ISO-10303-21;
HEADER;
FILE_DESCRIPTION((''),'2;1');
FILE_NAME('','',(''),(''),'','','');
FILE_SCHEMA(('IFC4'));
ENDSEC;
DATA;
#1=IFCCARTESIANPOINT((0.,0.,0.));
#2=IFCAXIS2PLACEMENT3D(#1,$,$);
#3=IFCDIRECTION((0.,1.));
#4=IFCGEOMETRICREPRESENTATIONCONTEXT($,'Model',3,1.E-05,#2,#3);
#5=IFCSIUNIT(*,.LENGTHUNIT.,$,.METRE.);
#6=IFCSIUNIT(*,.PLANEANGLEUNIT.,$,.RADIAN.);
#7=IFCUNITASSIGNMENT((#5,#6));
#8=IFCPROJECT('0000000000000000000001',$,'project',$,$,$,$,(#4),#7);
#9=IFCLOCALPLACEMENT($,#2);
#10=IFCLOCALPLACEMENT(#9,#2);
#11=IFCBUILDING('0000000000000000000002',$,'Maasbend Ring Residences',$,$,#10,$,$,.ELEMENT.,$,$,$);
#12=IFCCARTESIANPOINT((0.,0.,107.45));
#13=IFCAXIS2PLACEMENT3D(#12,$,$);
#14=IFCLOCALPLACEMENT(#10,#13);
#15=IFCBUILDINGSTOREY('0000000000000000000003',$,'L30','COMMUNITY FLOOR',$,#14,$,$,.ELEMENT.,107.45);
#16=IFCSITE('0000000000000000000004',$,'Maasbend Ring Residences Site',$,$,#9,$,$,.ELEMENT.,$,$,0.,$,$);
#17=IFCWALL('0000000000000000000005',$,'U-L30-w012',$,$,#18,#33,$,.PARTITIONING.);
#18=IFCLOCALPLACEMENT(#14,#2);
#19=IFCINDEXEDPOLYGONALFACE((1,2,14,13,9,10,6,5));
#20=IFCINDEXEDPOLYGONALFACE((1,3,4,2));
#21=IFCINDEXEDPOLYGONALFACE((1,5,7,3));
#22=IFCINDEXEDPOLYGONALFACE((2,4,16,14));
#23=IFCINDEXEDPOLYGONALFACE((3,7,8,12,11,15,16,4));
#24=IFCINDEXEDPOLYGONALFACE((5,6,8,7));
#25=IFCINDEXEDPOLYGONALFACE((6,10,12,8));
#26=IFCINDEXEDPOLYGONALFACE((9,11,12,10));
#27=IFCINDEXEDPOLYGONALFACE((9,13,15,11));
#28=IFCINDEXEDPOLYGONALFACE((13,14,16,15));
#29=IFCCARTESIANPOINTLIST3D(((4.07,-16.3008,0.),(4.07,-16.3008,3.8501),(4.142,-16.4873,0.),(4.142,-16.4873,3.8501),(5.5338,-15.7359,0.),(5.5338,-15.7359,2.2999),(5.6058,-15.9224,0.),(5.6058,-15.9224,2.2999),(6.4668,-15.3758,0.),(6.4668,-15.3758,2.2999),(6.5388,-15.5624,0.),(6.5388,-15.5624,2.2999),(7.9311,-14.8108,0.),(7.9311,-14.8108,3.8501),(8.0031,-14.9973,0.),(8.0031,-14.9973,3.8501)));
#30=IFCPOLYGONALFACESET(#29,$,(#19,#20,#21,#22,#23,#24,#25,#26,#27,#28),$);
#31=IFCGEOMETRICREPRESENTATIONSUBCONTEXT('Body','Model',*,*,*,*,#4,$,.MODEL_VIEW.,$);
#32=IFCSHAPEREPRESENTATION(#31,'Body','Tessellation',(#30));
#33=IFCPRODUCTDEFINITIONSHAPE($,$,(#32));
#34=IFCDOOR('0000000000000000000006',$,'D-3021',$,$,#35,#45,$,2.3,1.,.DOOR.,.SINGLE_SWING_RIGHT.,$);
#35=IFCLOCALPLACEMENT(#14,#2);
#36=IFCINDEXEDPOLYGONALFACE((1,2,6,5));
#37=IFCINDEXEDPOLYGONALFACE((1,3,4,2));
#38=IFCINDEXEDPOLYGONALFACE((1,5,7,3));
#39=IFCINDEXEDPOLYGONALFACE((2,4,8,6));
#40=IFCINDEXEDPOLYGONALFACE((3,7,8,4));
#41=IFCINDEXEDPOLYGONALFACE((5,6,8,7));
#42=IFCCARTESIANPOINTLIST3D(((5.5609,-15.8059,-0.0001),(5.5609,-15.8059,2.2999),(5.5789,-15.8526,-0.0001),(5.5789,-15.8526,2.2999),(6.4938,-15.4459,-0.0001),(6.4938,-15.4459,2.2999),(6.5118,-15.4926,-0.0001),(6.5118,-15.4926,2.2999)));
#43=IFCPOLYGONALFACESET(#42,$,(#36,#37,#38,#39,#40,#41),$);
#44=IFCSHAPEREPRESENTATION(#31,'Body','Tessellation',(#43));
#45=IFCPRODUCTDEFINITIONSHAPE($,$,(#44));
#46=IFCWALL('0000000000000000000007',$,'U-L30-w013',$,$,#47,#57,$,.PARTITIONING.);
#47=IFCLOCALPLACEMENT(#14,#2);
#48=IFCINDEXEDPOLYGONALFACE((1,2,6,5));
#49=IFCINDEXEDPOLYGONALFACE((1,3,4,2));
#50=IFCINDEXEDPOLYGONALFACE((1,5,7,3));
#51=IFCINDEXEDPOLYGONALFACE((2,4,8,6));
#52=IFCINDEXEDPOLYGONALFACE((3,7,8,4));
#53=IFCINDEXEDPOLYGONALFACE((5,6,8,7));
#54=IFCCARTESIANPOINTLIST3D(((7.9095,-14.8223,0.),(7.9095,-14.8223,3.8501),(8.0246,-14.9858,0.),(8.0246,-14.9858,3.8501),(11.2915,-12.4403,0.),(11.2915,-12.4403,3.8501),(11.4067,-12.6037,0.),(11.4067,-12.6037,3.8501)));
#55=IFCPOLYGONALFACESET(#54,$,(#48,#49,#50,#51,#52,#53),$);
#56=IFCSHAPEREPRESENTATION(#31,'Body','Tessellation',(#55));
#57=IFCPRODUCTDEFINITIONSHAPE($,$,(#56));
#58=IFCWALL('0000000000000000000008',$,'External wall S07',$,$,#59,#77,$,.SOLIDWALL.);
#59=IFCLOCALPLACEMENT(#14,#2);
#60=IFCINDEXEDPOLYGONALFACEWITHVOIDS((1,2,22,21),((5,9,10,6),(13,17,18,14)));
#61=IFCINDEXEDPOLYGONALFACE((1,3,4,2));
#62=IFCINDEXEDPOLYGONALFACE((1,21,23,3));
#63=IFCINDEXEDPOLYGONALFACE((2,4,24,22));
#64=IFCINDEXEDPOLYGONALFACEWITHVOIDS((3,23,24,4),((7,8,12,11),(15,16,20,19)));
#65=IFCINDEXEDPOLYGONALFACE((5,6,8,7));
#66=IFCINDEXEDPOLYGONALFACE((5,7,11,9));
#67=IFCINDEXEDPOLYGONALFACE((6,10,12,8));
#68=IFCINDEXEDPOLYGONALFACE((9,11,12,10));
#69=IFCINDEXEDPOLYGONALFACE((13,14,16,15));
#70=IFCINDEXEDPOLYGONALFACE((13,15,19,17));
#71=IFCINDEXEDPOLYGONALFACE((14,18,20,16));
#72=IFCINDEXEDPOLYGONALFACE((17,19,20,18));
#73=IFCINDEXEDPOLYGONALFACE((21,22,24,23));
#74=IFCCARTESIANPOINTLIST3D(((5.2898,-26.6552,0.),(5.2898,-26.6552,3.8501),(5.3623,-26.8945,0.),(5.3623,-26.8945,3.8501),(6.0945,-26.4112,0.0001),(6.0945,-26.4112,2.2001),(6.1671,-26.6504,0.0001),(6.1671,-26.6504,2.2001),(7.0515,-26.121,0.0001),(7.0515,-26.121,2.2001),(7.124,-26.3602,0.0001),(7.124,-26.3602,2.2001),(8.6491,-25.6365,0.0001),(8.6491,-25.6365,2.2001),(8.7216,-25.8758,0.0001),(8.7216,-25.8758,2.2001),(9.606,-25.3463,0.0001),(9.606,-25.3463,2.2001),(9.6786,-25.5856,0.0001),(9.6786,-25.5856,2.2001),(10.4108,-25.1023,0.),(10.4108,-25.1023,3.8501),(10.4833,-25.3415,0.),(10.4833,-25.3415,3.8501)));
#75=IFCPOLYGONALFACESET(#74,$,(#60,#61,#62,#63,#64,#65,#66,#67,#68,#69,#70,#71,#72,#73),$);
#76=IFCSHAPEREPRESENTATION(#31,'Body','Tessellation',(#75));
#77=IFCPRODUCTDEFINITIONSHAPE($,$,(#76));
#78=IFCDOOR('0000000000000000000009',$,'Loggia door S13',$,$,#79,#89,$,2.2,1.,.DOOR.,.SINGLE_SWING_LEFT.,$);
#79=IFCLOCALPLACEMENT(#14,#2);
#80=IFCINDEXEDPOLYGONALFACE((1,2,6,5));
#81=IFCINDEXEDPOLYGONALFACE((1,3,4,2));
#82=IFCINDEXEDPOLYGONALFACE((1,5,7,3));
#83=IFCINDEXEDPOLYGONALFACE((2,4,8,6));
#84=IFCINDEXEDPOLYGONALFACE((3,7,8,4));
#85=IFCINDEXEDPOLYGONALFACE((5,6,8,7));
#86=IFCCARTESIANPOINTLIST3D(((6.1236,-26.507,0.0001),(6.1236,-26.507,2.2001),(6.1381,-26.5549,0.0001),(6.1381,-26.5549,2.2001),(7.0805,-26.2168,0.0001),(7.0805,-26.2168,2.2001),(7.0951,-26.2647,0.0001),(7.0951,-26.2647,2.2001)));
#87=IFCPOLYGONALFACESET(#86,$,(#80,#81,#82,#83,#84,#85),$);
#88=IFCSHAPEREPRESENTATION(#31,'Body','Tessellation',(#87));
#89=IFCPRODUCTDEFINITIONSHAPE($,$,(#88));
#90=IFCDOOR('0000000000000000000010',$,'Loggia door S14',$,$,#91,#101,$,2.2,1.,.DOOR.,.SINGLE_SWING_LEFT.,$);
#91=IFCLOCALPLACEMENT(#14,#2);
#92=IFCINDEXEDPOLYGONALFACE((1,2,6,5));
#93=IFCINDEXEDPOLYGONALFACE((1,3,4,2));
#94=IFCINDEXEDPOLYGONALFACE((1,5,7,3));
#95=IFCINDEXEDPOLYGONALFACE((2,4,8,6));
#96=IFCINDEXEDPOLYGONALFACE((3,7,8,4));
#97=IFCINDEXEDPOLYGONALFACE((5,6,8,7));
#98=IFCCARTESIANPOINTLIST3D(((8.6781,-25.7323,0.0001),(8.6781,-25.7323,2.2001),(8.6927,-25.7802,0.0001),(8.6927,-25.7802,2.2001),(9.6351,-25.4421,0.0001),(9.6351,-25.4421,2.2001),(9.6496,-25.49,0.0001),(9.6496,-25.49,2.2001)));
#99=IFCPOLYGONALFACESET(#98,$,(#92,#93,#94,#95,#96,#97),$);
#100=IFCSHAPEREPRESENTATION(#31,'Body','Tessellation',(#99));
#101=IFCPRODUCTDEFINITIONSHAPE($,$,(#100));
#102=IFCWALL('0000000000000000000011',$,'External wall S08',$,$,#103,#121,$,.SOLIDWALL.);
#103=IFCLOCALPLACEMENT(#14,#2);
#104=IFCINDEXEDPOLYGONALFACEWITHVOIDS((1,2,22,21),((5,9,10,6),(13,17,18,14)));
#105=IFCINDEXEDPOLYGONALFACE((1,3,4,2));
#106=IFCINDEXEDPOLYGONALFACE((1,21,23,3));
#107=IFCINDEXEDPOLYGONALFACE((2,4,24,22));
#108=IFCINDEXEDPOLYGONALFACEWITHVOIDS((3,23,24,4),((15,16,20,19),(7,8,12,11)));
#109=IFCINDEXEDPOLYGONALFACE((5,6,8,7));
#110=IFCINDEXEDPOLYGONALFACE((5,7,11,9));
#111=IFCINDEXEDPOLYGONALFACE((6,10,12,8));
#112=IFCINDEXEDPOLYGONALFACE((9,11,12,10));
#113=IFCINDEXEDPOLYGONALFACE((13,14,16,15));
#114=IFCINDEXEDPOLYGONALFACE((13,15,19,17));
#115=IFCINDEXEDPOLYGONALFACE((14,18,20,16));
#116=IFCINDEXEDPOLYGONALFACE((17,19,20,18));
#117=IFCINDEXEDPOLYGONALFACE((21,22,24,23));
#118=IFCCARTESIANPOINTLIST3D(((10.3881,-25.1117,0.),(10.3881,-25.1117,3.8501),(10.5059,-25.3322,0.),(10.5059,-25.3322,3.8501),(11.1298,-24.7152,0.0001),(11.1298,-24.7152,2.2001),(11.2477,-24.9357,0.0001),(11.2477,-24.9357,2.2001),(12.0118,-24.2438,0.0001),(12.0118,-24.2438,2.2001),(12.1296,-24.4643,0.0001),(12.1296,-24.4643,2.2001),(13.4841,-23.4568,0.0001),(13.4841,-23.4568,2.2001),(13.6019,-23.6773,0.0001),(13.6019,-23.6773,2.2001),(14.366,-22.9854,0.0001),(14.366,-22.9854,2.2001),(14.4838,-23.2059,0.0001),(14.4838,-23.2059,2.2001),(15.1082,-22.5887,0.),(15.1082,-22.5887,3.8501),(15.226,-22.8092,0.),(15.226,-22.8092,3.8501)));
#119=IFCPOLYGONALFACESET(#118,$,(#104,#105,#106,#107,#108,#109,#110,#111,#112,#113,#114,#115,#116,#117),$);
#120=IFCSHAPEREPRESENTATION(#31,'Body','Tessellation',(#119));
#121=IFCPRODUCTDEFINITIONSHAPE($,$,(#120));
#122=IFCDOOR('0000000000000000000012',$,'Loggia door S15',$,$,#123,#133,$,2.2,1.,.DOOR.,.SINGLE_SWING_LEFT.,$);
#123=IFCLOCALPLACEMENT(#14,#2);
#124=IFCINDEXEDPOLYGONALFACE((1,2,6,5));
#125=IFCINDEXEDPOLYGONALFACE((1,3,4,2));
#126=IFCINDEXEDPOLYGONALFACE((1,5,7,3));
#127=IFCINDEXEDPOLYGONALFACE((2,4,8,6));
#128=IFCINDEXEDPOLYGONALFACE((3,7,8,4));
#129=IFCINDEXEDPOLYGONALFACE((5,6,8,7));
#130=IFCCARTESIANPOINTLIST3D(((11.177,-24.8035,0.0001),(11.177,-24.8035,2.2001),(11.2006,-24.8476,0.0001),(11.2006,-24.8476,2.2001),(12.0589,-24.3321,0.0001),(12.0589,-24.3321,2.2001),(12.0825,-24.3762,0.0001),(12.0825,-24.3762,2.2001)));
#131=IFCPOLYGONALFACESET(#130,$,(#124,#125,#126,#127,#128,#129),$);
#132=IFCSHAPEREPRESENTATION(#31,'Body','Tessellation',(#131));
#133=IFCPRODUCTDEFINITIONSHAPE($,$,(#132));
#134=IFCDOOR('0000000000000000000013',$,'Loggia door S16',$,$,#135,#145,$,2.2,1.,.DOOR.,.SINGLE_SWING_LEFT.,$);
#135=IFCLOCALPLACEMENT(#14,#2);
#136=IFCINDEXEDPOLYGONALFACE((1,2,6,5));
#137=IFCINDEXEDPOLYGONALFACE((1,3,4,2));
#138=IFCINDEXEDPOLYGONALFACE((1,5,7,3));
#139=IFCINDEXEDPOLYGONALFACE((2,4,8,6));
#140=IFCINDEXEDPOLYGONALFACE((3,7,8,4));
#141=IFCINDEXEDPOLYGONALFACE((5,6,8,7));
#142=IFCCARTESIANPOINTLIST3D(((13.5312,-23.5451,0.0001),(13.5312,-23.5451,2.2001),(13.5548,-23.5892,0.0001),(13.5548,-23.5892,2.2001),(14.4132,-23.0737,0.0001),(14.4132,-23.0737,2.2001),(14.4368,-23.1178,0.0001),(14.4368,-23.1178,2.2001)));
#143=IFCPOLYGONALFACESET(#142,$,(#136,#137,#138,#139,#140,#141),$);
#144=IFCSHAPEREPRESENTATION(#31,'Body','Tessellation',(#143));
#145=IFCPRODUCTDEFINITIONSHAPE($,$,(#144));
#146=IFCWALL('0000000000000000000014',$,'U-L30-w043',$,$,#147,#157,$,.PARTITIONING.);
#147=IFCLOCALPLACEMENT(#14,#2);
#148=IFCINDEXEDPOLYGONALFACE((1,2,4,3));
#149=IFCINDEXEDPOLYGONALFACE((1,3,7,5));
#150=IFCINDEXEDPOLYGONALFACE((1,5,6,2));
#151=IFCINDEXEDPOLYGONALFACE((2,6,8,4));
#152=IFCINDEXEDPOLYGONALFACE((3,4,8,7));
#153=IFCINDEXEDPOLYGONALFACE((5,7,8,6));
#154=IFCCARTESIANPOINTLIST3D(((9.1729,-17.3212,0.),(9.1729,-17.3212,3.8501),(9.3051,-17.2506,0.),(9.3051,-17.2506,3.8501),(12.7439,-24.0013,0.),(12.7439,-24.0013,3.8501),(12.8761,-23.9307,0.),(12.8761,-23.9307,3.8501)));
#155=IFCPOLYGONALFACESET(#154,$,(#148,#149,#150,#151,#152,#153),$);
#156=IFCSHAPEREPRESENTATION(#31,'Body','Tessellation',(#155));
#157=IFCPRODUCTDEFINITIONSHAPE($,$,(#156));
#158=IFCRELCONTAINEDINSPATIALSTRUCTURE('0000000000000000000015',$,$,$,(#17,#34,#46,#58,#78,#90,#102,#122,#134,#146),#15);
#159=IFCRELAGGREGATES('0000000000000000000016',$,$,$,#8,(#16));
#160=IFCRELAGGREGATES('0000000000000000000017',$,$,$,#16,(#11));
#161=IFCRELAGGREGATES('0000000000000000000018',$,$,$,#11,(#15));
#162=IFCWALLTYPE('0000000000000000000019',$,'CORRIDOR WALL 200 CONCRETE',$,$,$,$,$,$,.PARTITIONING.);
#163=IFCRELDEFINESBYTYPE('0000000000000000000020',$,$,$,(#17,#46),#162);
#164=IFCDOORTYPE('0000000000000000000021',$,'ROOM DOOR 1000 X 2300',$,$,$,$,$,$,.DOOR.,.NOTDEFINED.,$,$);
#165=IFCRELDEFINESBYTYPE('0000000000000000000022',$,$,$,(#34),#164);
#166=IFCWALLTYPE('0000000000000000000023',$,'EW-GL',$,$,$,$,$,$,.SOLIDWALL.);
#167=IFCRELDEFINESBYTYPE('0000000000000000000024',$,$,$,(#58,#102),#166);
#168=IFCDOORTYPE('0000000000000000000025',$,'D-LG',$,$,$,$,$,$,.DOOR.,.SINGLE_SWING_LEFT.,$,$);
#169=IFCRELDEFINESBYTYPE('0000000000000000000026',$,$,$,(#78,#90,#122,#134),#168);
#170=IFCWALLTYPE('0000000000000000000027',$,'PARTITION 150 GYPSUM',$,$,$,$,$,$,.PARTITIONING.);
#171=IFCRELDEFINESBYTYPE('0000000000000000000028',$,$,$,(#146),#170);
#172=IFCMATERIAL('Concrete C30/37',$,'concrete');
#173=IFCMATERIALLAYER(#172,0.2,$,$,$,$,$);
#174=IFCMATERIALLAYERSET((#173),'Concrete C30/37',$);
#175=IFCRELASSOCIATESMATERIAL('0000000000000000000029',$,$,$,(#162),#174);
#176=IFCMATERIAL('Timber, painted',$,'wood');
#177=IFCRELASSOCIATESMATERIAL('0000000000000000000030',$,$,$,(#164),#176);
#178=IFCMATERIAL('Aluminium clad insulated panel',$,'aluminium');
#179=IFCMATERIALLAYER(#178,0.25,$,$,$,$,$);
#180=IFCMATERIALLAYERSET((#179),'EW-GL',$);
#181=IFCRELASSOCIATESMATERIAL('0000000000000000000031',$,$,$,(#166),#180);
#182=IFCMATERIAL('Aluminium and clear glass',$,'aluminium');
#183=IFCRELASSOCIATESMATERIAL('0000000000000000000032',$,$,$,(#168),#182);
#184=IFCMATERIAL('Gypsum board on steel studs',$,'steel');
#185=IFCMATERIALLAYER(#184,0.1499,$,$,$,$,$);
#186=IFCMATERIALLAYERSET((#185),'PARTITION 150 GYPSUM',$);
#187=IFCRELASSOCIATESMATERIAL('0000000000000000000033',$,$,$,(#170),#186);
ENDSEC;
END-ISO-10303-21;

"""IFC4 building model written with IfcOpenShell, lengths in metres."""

from ifc_helpers import new_model, si_unit, direction, frame, frame_2d, origin, place, context, subcontext, project, spatial, rectangle, extrude, material, layer, layer_set, type_object, element, fill, save


model = new_model("IFC4")

# Units and contexts
model_context = context("Model", 3, precision=1e-05, world=origin(), true_north=direction((0.0, 1.0)))
body_context = subcontext(model_context, "Body", "Model", "MODEL_VIEW")
ifc_project = project(units=[si_unit("LENGTHUNIT", "METRE"), si_unit("PLANEANGLEUNIT", "RADIAN")], contexts=[model_context])

# Site, building, storey
site_placement = place(None, origin())
site = spatial("IfcSite", under=ifc_project, at=site_placement, Name="Maasbend Ring Residences Site", CompositionType="ELEMENT", RefElevation=0.0)
building_placement = place(site_placement, origin())
building = spatial("IfcBuilding", under=site, at=building_placement, Name="Maasbend Ring Residences", CompositionType="ELEMENT")
storey_placement = place(building_placement, frame((0.0, 0.0, 107.45)))
storey = spatial("IfcBuildingStorey", under=building, at=storey_placement, Name="L30", Description="COMMUNITY FLOOR", CompositionType="ELEMENT", Elevation=107.45)

# Shared definitions
ifc_material_1 = material(Name="Concrete C30/37", Category="concrete")
ifc_layer_1 = layer(ifc_material_1, 0.2)
ifc_layer_set_1 = layer_set([ifc_layer_1], Name="Concrete C30/37")
wall_type_1 = type_object("IfcWallType", Name="CORRIDOR WALL 200 CONCRETE", PredefinedType="PARTITIONING", material=ifc_layer_set_1)

# Shared definitions
ifc_material_2 = material(Name="Timber, painted", Category="wood")
door_type_1 = type_object("IfcDoorType", Name="ROOM DOOR 1000 X 2300", OperationType="NOTDEFINED", PredefinedType="DOOR", material=ifc_material_2)

# Wall, opening, door
wall_1_placement = place(storey_placement, frame((4.106, -16.394, 0.0), z_axis=(0.0, 0.0, 1.0), x_axis=(0.932944, 0.360022, 0.0)))
wall_1 = element("IfcWall", 1, at=wall_1_placement, inside=storey, type_object=wall_type_1, Name="U-L30-w012", PredefinedType="PARTITIONING", context=body_context, shape_type="SweptSolid", body=[
    extrude(rectangle(XDim=4.1387, YDim=0.2, at=frame_2d((2.0693, 0.0))), origin(), (0.0, 0.0, 1.0), 3.8501),
])
opening_1_placement = place(wall_1_placement, frame((1.5691, 0.0, 0.0)))
opening_1 = element("IfcOpeningElement", 2, at=opening_1_placement, cuts=wall_1, PredefinedType="OPENING", context=body_context, shape_type="SweptSolid", body=[
    extrude(rectangle(XDim=1.0, YDim=2.3, at=frame_2d((0.5, 1.1499))), frame((0.0, 0.1099, 0.0), z_axis=(0.0, -1.0, 0.0), x_axis=(1.0, 0.0, 0.0)), (0.0, 0.0, 1.0), 0.22),
])
door_1_placement = place(opening_1_placement, origin())
door_1 = element("IfcDoor", 3, at=door_1_placement, inside=storey, type_object=door_type_1, Name="D-3021", OperationType="SINGLE_SWING_RIGHT", OverallHeight=2.3, OverallWidth=1.0, PredefinedType="DOOR", context=body_context, shape_type="SweptSolid", body=[
    extrude(rectangle(XDim=1.0, YDim=2.3, at=frame_2d((0.5, 1.1499))), frame((0.0, 0.0249, 0.0), z_axis=(0.0, -1.0, 0.0), x_axis=(1.0, 0.0, 0.0)), (0.0, 0.0, 1.0), 0.05),
])
fill(opening_1, door_1)

# Wall
wall_2_placement = place(storey_placement, frame((7.967, -14.9041, 0.0), z_axis=(0.0, 0.0, 1.0), x_axis=(0.817568, 0.575833, 0.0)))
element("IfcWall", 4, at=wall_2_placement, inside=storey, type_object=wall_type_1, Name="U-L30-w013", PredefinedType="PARTITIONING", context=body_context, shape_type="SweptSolid", body=[
    extrude(rectangle(XDim=4.1367, YDim=0.2, at=frame_2d((2.0684, 0.0))), origin(), (0.0, 0.0, 1.0), 3.8501),
])

# Walls, openings, doors
ifc_material_3 = material(Name="Aluminium clad insulated panel", Category="aluminium")
ifc_layer_2 = layer(ifc_material_3, 0.25)
ifc_layer_set_2 = layer_set([ifc_layer_2], Name="EW-GL")
wall_type_2 = type_object("IfcWallType", Name="EW-GL", PredefinedType="SOLIDWALL", material=ifc_layer_set_2)
wall_3_placement = place(storey_placement, frame((5.3259, -26.7749, 0.0), z_axis=(0.0, 0.0, 1.0), x_axis=(0.956966, 0.290201, 0.0)))
wall_3 = element("IfcWall", 5, at=wall_3_placement, inside=storey, type_object=wall_type_2, Name="External wall S07", PredefinedType="SOLIDWALL", context=body_context, shape_type="SweptSolid", body=[
    extrude(rectangle(XDim=5.3513, YDim=0.25, at=frame_2d((2.6758, 0.0))), origin(), (0.0, 0.0, 1.0), 3.8501),
])
opening_2_placement = place(wall_3_placement, frame((0.8411, 0.0, 0.0)))
opening_2 = element("IfcOpeningElement", 6, at=opening_2_placement, cuts=wall_3, PredefinedType="OPENING", context=body_context, shape_type="SweptSolid", body=[
    extrude(rectangle(XDim=1.0, YDim=2.2, at=frame_2d((0.5, 1.1001))), frame((0.0, 0.135, 0.0), z_axis=(0.0, -1.0, 0.0), x_axis=(1.0, 0.0, 0.0)), (0.0, 0.0, 1.0), 0.27),
])
opening_3_placement = place(wall_3_placement, frame((3.5105, 0.0, 0.0)))
opening_3 = element("IfcOpeningElement", 7, at=opening_3_placement, cuts=wall_3, PredefinedType="OPENING", context=body_context, shape_type="SweptSolid", body=[
    extrude(rectangle(XDim=1.0, YDim=2.2, at=frame_2d((0.5, 1.1001))), frame((0.0, 0.135, 0.0), z_axis=(0.0, -1.0, 0.0), x_axis=(1.0, 0.0, 0.0)), (0.0, 0.0, 1.0), 0.27),
])
ifc_material_4 = material(Name="Aluminium and clear glass", Category="aluminium")
door_type_2 = type_object("IfcDoorType", Name="D-LG", OperationType="SINGLE_SWING_LEFT", PredefinedType="DOOR", material=ifc_material_4)
door_2_placement = place(opening_2_placement, origin())
door_2 = element("IfcDoor", 8, at=door_2_placement, inside=storey, type_object=door_type_2, Name="Loggia door S13", OperationType="SINGLE_SWING_LEFT", OverallHeight=2.2, OverallWidth=1.0, PredefinedType="DOOR", context=body_context, shape_type="SweptSolid", body=[
    extrude(rectangle(XDim=1.0, YDim=2.2, at=frame_2d((0.5, 1.1001))), frame((0.0, 0.0249, 0.0), z_axis=(0.0, -1.0, 0.0), x_axis=(1.0, 0.0, 0.0)), (0.0, 0.0, 1.0), 0.05),
])
fill(opening_2, door_2)
door_3_placement = place(opening_3_placement, origin())
door_3 = element("IfcDoor", 9, at=door_3_placement, inside=storey, type_object=door_type_2, Name="Loggia door S14", OperationType="SINGLE_SWING_LEFT", OverallHeight=2.2, OverallWidth=1.0, PredefinedType="DOOR", context=body_context, shape_type="SweptSolid", body=[
    extrude(rectangle(XDim=1.0, YDim=2.2, at=frame_2d((0.5, 1.1001))), frame((0.0, 0.0249, 0.0), z_axis=(0.0, -1.0, 0.0), x_axis=(1.0, 0.0, 0.0)), (0.0, 0.0, 1.0), 0.05),
])
fill(opening_3, door_3)
wall_4_placement = place(storey_placement, frame((10.447, -25.2219, 0.0), z_axis=(0.0, 0.0, 1.0), x_axis=(0.881916, 0.471407, 0.0)))
wall_4 = element("IfcWall", 10, at=wall_4_placement, inside=storey, type_object=wall_type_2, Name="External wall S08", PredefinedType="SOLIDWALL", context=body_context, shape_type="SweptSolid", body=[
    extrude(rectangle(XDim=5.3521, YDim=0.25, at=frame_2d((2.676, 0.0))), origin(), (0.0, 0.0, 1.0), 3.8501),
])
opening_4_placement = place(wall_4_placement, frame((0.8411, 0.0, 0.0)))
opening_4 = element("IfcOpeningElement", 11, at=opening_4_placement, cuts=wall_4, PredefinedType="OPENING", context=body_context, shape_type="SweptSolid", body=[
    extrude(rectangle(XDim=1.0, YDim=2.2, at=frame_2d((0.5, 1.1001))), frame((0.0, 0.135, 0.0), z_axis=(0.0, -1.0, 0.0), x_axis=(1.0, 0.0, 0.0)), (0.0, 0.0, 1.0), 0.27),
])
opening_5_placement = place(wall_4_placement, frame((3.5105, 0.0, 0.0)))
opening_5 = element("IfcOpeningElement", 12, at=opening_5_placement, cuts=wall_4, PredefinedType="OPENING", context=body_context, shape_type="SweptSolid", body=[
    extrude(rectangle(XDim=1.0, YDim=2.2, at=frame_2d((0.5, 1.1001))), frame((0.0, 0.135, 0.0), z_axis=(0.0, -1.0, 0.0), x_axis=(1.0, 0.0, 0.0)), (0.0, 0.0, 1.0), 0.27),
])
door_4_placement = place(opening_4_placement, origin())
door_4 = element("IfcDoor", 13, at=door_4_placement, inside=storey, type_object=door_type_2, Name="Loggia door S15", OperationType="SINGLE_SWING_LEFT", OverallHeight=2.2, OverallWidth=1.0, PredefinedType="DOOR", context=body_context, shape_type="SweptSolid", body=[
    extrude(rectangle(XDim=1.0, YDim=2.2, at=frame_2d((0.5, 1.1001))), frame((0.0, 0.0249, 0.0), z_axis=(0.0, -1.0, 0.0), x_axis=(1.0, 0.0, 0.0)), (0.0, 0.0, 1.0), 0.05),
])
fill(opening_4, door_4)
door_5_placement = place(opening_5_placement, origin())
door_5 = element("IfcDoor", 14, at=door_5_placement, inside=storey, type_object=door_type_2, Name="Loggia door S16", OperationType="SINGLE_SWING_LEFT", OverallHeight=2.2, OverallWidth=1.0, PredefinedType="DOOR", context=body_context, shape_type="SweptSolid", body=[
    extrude(rectangle(XDim=1.0, YDim=2.2, at=frame_2d((0.5, 1.1001))), frame((0.0, 0.0249, 0.0), z_axis=(0.0, -1.0, 0.0), x_axis=(1.0, 0.0, 0.0)), (0.0, 0.0, 1.0), 0.05),
])
fill(opening_5, door_5)

# Wall
ifc_material_5 = material(Name="Gypsum board on steel studs", Category="steel")
ifc_layer_3 = layer(ifc_material_5, 0.1499)
ifc_layer_set_3 = layer_set([ifc_layer_3], Name="PARTITION 150 GYPSUM")
wall_type_3 = type_object("IfcWallType", Name="PARTITION 150 GYPSUM", PredefinedType="PARTITIONING", material=ifc_layer_set_3)
wall_5_placement = place(storey_placement, frame((9.239, -17.2859, 0.0), z_axis=(0.0, 0.0, 1.0), x_axis=(0.47144, -0.881898, 0.0)))
element("IfcWall", 15, at=wall_5_placement, inside=storey, type_object=wall_type_3, Name="U-L30-w043", PredefinedType="PARTITIONING", context=body_context, shape_type="SweptSolid", body=[
    extrude(rectangle(XDim=7.5747, YDim=0.1499, at=frame_2d((3.7874, 0.0))), origin(), (0.0, 0.0, 1.0), 3.8501),
])

save(model, "model.ifc")
